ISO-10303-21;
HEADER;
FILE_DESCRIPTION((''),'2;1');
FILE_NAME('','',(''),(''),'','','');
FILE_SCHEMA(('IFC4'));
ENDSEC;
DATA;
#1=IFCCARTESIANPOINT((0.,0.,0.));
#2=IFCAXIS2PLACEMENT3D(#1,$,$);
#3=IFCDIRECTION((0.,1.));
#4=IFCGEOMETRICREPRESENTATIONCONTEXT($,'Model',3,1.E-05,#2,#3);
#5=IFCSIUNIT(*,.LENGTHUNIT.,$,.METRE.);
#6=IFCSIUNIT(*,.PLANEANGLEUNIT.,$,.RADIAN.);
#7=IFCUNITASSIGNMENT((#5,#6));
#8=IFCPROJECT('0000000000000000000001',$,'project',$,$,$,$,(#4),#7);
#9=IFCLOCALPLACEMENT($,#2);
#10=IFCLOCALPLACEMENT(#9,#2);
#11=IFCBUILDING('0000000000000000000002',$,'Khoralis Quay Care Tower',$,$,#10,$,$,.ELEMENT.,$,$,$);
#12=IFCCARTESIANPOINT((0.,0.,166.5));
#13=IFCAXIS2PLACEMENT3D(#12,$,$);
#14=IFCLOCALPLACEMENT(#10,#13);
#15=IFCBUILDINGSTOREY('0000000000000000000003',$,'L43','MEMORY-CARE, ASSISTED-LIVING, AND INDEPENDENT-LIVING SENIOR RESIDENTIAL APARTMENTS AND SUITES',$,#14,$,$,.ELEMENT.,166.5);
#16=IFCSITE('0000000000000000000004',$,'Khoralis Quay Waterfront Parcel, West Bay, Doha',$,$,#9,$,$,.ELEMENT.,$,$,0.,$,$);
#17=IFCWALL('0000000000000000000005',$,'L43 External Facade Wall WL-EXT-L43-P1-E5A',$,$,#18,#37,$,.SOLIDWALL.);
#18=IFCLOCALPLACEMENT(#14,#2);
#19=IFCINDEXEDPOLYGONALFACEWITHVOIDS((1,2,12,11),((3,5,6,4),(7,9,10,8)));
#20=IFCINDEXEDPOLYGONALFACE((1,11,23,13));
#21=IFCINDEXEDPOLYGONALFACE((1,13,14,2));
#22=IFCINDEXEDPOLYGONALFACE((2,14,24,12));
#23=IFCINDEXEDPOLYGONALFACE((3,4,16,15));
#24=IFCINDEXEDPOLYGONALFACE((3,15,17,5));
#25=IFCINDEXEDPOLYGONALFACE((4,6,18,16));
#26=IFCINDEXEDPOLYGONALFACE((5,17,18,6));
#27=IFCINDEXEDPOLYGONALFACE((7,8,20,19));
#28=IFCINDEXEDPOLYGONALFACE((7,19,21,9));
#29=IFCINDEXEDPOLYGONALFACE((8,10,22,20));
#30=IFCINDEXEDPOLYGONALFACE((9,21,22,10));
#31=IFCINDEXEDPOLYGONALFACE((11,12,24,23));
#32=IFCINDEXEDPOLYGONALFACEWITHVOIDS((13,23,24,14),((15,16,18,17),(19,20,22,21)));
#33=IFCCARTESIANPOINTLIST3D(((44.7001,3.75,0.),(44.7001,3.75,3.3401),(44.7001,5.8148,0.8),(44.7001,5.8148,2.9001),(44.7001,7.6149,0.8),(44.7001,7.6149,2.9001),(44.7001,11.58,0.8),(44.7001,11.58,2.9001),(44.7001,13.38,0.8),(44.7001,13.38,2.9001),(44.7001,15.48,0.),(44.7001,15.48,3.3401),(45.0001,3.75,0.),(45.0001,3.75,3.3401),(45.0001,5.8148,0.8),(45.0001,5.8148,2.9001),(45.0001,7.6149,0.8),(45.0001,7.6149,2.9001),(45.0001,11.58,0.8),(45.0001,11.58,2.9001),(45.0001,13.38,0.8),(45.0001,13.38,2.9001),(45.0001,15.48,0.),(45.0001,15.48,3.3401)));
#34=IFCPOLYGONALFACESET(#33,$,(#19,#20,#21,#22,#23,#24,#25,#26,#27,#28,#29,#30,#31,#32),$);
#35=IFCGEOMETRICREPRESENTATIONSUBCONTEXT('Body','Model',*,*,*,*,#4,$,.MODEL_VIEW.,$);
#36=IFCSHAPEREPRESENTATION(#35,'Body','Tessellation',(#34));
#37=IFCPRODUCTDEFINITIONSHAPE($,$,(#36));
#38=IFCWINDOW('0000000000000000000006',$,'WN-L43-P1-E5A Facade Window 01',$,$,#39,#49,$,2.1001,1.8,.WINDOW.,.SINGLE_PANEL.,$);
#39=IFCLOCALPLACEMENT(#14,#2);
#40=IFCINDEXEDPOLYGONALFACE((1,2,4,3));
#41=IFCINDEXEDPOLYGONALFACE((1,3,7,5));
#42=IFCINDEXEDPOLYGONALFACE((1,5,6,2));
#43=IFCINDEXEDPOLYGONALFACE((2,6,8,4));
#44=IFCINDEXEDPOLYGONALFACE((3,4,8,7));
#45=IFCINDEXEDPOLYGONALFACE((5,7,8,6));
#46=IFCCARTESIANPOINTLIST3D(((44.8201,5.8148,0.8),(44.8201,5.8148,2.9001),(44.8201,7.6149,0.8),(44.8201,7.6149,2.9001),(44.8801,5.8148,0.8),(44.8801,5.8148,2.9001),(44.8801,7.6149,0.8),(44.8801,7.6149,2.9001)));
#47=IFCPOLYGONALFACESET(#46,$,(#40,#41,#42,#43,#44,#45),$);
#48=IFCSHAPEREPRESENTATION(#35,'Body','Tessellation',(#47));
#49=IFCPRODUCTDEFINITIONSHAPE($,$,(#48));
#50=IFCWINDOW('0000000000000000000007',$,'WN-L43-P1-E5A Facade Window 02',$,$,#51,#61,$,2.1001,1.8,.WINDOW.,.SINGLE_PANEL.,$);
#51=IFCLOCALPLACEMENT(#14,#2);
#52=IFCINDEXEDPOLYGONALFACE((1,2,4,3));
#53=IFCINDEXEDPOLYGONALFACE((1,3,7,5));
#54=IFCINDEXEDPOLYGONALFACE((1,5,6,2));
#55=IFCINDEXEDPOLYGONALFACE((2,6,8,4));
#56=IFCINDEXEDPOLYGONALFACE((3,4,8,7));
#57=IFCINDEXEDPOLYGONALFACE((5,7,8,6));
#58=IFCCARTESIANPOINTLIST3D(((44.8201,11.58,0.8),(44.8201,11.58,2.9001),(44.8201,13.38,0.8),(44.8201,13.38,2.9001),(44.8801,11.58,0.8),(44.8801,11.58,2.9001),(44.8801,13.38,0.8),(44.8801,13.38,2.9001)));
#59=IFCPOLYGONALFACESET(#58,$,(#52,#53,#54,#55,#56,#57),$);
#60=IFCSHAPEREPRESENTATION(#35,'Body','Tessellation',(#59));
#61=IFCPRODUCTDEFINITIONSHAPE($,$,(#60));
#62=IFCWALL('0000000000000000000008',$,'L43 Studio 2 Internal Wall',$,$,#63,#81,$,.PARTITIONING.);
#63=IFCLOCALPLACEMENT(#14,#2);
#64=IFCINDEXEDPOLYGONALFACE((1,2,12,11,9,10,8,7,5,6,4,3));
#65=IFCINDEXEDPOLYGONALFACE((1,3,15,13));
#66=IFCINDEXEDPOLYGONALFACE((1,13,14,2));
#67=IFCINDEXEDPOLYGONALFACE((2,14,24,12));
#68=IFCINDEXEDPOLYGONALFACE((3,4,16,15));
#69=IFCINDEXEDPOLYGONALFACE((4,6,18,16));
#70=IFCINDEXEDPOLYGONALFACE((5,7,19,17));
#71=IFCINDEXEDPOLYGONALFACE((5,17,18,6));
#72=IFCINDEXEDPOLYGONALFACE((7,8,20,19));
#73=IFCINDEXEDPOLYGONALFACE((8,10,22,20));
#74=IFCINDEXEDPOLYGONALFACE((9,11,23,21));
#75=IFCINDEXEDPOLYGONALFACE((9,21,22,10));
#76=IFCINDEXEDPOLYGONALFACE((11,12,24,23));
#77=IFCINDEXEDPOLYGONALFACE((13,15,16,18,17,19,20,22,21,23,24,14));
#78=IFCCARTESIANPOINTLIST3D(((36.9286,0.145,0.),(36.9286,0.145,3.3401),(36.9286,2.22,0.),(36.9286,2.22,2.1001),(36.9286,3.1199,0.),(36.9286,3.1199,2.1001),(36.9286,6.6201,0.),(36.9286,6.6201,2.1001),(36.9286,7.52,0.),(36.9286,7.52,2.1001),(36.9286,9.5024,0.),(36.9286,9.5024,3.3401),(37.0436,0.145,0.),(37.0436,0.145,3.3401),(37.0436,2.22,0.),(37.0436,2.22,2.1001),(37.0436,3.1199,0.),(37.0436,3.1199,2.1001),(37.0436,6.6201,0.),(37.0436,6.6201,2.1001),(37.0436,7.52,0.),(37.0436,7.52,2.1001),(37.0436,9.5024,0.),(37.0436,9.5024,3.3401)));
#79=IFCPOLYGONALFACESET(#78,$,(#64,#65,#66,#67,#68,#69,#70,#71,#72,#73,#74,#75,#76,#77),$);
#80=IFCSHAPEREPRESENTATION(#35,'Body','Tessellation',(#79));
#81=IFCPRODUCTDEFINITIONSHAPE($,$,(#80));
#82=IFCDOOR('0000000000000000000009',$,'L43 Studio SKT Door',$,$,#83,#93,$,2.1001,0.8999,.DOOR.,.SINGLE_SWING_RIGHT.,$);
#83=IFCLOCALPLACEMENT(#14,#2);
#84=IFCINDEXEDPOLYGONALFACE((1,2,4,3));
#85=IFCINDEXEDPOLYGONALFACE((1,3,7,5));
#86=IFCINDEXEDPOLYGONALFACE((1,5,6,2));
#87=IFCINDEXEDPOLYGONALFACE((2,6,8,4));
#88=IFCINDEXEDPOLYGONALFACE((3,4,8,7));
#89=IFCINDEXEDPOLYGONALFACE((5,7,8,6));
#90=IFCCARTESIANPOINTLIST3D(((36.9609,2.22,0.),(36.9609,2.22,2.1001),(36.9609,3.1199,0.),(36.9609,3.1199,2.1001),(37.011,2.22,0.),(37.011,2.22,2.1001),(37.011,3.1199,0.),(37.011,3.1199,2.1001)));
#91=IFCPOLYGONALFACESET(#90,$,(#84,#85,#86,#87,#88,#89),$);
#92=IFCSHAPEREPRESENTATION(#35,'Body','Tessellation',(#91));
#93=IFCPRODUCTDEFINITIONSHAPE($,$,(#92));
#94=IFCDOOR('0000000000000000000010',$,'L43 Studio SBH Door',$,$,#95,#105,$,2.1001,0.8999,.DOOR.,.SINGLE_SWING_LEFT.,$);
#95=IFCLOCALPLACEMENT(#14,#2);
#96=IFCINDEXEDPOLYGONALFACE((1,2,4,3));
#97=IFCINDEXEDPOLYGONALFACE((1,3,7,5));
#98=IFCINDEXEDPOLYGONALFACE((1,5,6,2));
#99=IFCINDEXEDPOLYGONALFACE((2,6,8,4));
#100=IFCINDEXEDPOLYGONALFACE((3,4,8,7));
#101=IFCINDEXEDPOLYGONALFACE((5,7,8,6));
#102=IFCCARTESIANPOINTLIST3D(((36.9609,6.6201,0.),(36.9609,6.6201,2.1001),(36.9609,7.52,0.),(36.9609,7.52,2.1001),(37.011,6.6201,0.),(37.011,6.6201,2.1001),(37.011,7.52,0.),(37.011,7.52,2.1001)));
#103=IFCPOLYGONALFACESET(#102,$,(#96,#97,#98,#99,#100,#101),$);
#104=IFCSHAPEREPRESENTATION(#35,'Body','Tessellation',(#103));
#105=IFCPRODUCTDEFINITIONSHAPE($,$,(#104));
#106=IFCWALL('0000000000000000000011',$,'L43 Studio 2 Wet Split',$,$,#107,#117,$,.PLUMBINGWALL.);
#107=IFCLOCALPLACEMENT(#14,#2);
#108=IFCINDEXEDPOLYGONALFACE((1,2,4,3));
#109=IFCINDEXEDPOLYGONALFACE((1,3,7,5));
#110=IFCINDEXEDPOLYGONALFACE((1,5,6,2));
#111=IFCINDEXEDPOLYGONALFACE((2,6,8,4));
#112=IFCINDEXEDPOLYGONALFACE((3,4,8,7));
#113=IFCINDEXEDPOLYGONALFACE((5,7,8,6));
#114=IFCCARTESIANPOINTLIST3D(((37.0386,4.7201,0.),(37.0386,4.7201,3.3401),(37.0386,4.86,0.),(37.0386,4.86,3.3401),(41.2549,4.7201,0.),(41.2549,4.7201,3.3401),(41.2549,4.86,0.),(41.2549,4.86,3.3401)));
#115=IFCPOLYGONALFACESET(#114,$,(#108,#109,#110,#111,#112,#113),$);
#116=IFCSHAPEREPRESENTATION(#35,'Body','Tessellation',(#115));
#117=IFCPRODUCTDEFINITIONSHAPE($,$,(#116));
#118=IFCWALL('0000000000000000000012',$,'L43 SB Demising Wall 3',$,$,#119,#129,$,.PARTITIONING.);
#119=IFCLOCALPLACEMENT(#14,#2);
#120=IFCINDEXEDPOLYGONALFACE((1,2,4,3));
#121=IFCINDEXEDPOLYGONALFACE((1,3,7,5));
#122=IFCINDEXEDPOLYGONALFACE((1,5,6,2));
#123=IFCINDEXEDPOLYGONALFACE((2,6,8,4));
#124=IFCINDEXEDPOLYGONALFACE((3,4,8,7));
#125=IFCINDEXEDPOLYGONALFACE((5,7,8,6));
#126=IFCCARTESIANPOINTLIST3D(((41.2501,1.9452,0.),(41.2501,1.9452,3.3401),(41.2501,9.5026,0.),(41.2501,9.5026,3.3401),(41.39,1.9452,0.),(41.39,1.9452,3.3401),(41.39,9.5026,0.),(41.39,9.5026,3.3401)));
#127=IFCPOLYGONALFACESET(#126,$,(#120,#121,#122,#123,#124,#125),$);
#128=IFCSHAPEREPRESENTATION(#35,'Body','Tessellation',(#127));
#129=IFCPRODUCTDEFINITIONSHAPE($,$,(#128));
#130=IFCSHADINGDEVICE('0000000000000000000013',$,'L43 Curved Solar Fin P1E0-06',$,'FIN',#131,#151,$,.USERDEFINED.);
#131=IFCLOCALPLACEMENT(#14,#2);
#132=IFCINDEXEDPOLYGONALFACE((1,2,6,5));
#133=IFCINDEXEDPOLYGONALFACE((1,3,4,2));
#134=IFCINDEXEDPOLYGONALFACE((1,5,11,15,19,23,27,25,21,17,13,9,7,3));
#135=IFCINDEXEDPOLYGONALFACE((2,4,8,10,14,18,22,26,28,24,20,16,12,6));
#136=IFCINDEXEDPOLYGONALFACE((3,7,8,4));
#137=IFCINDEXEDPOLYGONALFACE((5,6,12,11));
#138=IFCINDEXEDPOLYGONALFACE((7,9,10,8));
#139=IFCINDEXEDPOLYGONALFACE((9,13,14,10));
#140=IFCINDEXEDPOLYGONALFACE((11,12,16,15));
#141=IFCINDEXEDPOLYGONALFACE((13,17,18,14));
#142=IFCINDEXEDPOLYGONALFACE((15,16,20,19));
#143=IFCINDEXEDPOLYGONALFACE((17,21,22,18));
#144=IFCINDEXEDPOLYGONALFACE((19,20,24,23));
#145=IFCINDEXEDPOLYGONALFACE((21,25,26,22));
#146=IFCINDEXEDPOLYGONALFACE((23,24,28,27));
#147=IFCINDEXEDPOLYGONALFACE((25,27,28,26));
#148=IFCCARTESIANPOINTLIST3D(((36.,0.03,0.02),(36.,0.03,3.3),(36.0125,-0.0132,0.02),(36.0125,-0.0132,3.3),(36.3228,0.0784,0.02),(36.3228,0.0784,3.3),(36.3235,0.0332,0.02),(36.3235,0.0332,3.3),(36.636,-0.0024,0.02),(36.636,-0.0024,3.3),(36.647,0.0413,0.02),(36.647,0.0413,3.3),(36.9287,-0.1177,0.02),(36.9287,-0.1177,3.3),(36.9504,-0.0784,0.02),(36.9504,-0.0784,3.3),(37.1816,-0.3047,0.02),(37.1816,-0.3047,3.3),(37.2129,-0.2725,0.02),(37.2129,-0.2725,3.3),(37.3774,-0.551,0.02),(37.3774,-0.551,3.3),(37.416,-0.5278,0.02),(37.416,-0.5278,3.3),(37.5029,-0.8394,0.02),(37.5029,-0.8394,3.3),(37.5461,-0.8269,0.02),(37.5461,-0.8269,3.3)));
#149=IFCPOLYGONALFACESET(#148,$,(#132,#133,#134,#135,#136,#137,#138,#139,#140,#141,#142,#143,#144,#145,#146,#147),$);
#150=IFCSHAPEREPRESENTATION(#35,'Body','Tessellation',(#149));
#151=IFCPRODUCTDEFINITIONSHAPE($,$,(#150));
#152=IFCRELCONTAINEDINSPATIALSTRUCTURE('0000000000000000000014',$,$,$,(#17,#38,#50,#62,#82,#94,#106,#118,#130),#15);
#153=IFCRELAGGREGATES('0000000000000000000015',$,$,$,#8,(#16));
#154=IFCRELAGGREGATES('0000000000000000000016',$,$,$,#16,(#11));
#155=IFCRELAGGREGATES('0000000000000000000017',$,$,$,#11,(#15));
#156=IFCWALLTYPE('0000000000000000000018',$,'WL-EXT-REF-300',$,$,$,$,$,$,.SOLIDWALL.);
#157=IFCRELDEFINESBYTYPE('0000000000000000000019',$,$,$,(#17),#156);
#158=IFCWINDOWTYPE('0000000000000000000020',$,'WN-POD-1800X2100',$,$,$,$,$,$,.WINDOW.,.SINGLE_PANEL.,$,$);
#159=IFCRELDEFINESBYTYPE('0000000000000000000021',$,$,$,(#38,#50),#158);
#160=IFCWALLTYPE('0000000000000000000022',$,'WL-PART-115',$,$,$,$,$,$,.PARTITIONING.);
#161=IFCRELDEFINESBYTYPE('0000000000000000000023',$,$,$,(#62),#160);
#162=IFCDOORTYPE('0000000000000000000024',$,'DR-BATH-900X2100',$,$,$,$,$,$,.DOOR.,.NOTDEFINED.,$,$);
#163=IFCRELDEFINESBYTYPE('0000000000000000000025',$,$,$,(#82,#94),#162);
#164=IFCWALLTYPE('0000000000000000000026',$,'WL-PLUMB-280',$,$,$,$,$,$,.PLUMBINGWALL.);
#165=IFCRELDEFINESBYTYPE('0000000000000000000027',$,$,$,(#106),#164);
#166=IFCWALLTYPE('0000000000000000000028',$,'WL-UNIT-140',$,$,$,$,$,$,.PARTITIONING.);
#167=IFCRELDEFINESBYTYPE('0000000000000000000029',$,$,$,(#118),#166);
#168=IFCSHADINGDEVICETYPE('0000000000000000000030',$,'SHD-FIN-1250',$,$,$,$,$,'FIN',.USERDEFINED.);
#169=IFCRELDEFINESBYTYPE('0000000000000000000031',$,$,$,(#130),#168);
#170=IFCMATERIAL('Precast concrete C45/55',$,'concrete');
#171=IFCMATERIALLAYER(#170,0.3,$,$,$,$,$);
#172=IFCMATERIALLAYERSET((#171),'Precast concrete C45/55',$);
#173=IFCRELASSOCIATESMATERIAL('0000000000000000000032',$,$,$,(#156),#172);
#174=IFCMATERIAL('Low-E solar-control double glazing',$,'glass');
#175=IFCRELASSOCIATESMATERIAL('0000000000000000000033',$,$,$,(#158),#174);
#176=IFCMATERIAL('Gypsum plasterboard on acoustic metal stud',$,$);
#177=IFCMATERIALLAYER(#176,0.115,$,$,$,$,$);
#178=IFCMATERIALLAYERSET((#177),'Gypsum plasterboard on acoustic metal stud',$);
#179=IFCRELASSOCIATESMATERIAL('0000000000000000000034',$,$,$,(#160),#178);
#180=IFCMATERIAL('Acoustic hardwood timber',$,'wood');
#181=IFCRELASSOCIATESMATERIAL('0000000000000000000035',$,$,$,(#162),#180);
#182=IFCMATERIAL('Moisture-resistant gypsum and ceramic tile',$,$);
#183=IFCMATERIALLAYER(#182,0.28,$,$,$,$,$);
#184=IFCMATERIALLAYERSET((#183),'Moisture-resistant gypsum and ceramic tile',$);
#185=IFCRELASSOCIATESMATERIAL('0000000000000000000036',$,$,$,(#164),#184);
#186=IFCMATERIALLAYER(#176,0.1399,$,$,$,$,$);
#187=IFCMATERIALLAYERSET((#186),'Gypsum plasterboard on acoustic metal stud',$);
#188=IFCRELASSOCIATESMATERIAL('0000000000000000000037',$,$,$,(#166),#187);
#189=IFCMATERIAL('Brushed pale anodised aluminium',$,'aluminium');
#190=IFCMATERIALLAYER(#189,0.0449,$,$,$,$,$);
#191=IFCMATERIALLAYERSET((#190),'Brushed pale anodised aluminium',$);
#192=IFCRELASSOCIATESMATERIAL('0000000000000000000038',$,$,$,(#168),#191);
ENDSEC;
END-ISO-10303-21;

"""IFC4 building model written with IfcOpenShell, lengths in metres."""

from ifc_helpers import new_model, si_unit, direction, frame, frame_2d, origin, place, context, subcontext, project, spatial, polyline, rectangle, outline, extrude, source, transform, mapped, material, layer, layer_set, type_object, element, fill, save


model = new_model("IFC4")

# Units and contexts
model_context = context("Model", 3, precision=1e-05, world=origin(), true_north=direction((0.0, 1.0)))
body_context = subcontext(model_context, "Body", "Model", "MODEL_VIEW")
ifc_project = project(units=[si_unit("LENGTHUNIT", "METRE"), si_unit("PLANEANGLEUNIT", "RADIAN")], contexts=[model_context])

# Site, building, storey
site_placement = place(None, origin())
site = spatial("IfcSite", under=ifc_project, at=site_placement, Name="Khoralis Quay Waterfront Parcel, West Bay, Doha", CompositionType="ELEMENT", RefElevation=0.0)
building_placement = place(site_placement, origin())
building = spatial("IfcBuilding", under=site, at=building_placement, Name="Khoralis Quay Care Tower", CompositionType="ELEMENT")
storey_placement = place(building_placement, frame((0.0, 0.0, 166.5)))
storey = spatial("IfcBuildingStorey", under=building, at=storey_placement, Name="L43", Description="MEMORY-CARE, ASSISTED-LIVING, AND INDEPENDENT-LIVING SENIOR RESIDENTIAL APARTMENTS AND SUITES", CompositionType="ELEMENT", Elevation=166.5)

# Shared definitions
ifc_material_1 = material(Name="Gypsum plasterboard on acoustic metal stud")

# Shared definitions
ifc_material_2 = material(Name="Acoustic hardwood timber", Category="wood")

# Shared definitions
ifc_material_3 = material(Name="Precast concrete C45/55", Category="concrete")
ifc_layer_1 = layer(ifc_material_3, 0.3)
ifc_layer_set_1 = layer_set([ifc_layer_1], Name="Precast concrete C45/55")
wall_type_1 = type_object("IfcWallType", Name="WL-EXT-REF-300", PredefinedType="SOLIDWALL", material=ifc_layer_set_1)

# Wall, openings, windows
wall_1_placement = place(storey_placement, frame((44.8501, 3.75, 0.0), z_axis=(0.0, 0.0, 1.0), x_axis=(0.0, 1.0, 0.0)))
wall_1 = element("IfcWall", 1, at=wall_1_placement, inside=storey, type_object=wall_type_1, Name="L43 External Facade Wall WL-EXT-L43-P1-E5A", PredefinedType="SOLIDWALL", context=body_context, shape_type="SweptSolid", body=[
    extrude(rectangle(XDim=11.73, YDim=0.3, at=frame_2d((5.865, 0.0))), origin(), (0.0, 0.0, 1.0), 3.3401),
])
opening_1_placement = place(wall_1_placement, frame((2.0649, 0.0, 0.8)))
opening_1 = element("IfcOpeningElement", 2, at=opening_1_placement, cuts=wall_1, PredefinedType="OPENING", context=body_context, shape_type="SweptSolid", body=[
    extrude(rectangle(XDim=1.8, YDim=2.1001, at=frame_2d((0.8999, 1.05))), frame((0.0, 0.1602, 0.0), z_axis=(0.0, -1.0, 0.0), x_axis=(1.0, 0.0, 0.0)), (0.0, 0.0, 1.0), 0.3201),
])
opening_2_placement = place(wall_1_placement, frame((7.8301, 0.0, 0.8)))
opening_2 = element("IfcOpeningElement", 3, at=opening_2_placement, cuts=wall_1, PredefinedType="OPENING", context=body_context, shape_type="SweptSolid", body=[
    extrude(rectangle(XDim=1.8, YDim=2.1001, at=frame_2d((0.8999, 1.05))), frame((0.0, 0.1602, 0.0), z_axis=(0.0, -1.0, 0.0), x_axis=(1.0, 0.0, 0.0)), (0.0, 0.0, 1.0), 0.3201),
])
ifc_material_4 = material(Name="Low-E solar-control double glazing", Category="glass")
window_type = type_object("IfcWindowType", Name="WN-POD-1800X2100", PartitioningType="SINGLE_PANEL", PredefinedType="WINDOW", material=ifc_material_4)
shared_shape_1 = source(origin(), body_context, "Body", "SweptSolid", [
    extrude(rectangle(XDim=1.8, YDim=2.1001, at=frame_2d((0.8999, 1.05))), frame((0.0, 0.03, 0.0), z_axis=(0.0, -1.0, 0.0), x_axis=(1.0, 0.0, 0.0)), (0.0, 0.0, 1.0), 0.0601),
])
window_1_placement = place(opening_1_placement, origin())
window_1 = element("IfcWindow", 4, at=window_1_placement, inside=storey, type_object=window_type, Name="WN-L43-P1-E5A Facade Window 01", OverallHeight=2.1001, OverallWidth=1.8, PartitioningType="SINGLE_PANEL", PredefinedType="WINDOW", context=body_context, shape_type="MappedRepresentation", body=[
    mapped(shared_shape_1, transform((0.0, 0.0, 0.0), scale=1.0)),
])
fill(opening_1, window_1)
window_2_placement = place(opening_2_placement, origin())
window_2 = element("IfcWindow", 5, at=window_2_placement, inside=storey, type_object=window_type, Name="WN-L43-P1-E5A Facade Window 02", OverallHeight=2.1001, OverallWidth=1.8, PartitioningType="SINGLE_PANEL", PredefinedType="WINDOW", context=body_context, shape_type="MappedRepresentation", body=[
    mapped(shared_shape_1, transform((0.0, 0.0, 0.0), scale=1.0)),
])
fill(opening_2, window_2)

# Wall, openings, doors
ifc_layer_2 = layer(ifc_material_1, 0.115)
ifc_layer_set_2 = layer_set([ifc_layer_2], Name="Gypsum plasterboard on acoustic metal stud")
wall_type_2 = type_object("IfcWallType", Name="WL-PART-115", PredefinedType="PARTITIONING", material=ifc_layer_set_2)
wall_2_placement = place(storey_placement, frame((36.9861, 0.145, 0.0), z_axis=(0.0, 0.0, 1.0), x_axis=(0.0, 1.0, 0.0)))
wall_2 = element("IfcWall", 6, at=wall_2_placement, inside=storey, type_object=wall_type_2, Name="L43 Studio 2 Internal Wall", PredefinedType="PARTITIONING", context=body_context, shape_type="SweptSolid", body=[
    extrude(rectangle(XDim=9.3574, YDim=0.115, at=frame_2d((4.6787, 0.0))), origin(), (0.0, 0.0, 1.0), 3.3401),
])
opening_3_placement = place(wall_2_placement, frame((2.075, 0.0, 0.0)))
opening_3 = element("IfcOpeningElement", 7, at=opening_3_placement, cuts=wall_2, PredefinedType="OPENING", context=body_context, shape_type="SweptSolid", body=[
    extrude(rectangle(XDim=0.8999, YDim=2.1001, at=frame_2d((0.45, 1.05))), frame((0.0, 0.0674, 0.0), z_axis=(0.0, -1.0, 0.0), x_axis=(1.0, 0.0, 0.0)), (0.0, 0.0, 1.0), 0.135),
])
opening_4_placement = place(wall_2_placement, frame((6.4751, 0.0, 0.0)))
opening_4 = element("IfcOpeningElement", 8, at=opening_4_placement, cuts=wall_2, PredefinedType="OPENING", context=body_context, shape_type="SweptSolid", body=[
    extrude(rectangle(XDim=0.8999, YDim=2.1001, at=frame_2d((0.45, 1.05))), frame((0.0, 0.0674, 0.0), z_axis=(0.0, -1.0, 0.0), x_axis=(1.0, 0.0, 0.0)), (0.0, 0.0, 1.0), 0.135),
])
door_type_1 = type_object("IfcDoorType", Name="DR-BATH-900X2100", OperationType="NOTDEFINED", PredefinedType="DOOR", material=ifc_material_2)
shared_shape_2 = source(origin(), body_context, "Body", "SweptSolid", [
    extrude(rectangle(XDim=0.8999, YDim=2.1001, at=frame_2d((0.45, 1.05))), frame((0.0, 0.0249, 0.0), z_axis=(0.0, -1.0, 0.0), x_axis=(1.0, 0.0, 0.0)), (0.0, 0.0, 1.0), 0.05),
])
door_1_placement = place(opening_3_placement, frame((0.8999, 0.0, 0.0), z_axis=(0.0, 0.0, 1.0), x_axis=(-1.0, 0.0, 0.0)))
door_1 = element("IfcDoor", 9, at=door_1_placement, inside=storey, type_object=door_type_1, Name="L43 Studio SKT Door", OperationType="SINGLE_SWING_RIGHT", OverallHeight=2.1001, OverallWidth=0.8999, PredefinedType="DOOR", context=body_context, shape_type="MappedRepresentation", body=[
    mapped(shared_shape_2, transform((0.0, 0.0, 0.0), scale=1.0)),
])
fill(opening_3, door_1)
door_2_placement = place(opening_4_placement, frame((0.8999, 0.0, 0.0), z_axis=(0.0, 0.0, 1.0), x_axis=(-1.0, 0.0, 0.0)))
door_2 = element("IfcDoor", 10, at=door_2_placement, inside=storey, type_object=door_type_1, Name="L43 Studio SBH Door", OperationType="SINGLE_SWING_LEFT", OverallHeight=2.1001, OverallWidth=0.8999, PredefinedType="DOOR", context=body_context, shape_type="MappedRepresentation", body=[
    mapped(shared_shape_2, transform((0.0, 0.0, 0.0), scale=1.0)),
])
fill(opening_4, door_2)

# Walls
ifc_material_5 = material(Name="Moisture-resistant gypsum and ceramic tile")
ifc_layer_3 = layer(ifc_material_5, 0.28)
ifc_layer_set_3 = layer_set([ifc_layer_3], Name="Moisture-resistant gypsum and ceramic tile")
wall_type_3 = type_object("IfcWallType", Name="WL-PLUMB-280", PredefinedType="PLUMBINGWALL", material=ifc_layer_set_3)
wall_3_placement = place(storey_placement, frame((37.0386, 4.79, 0.0), z_axis=(0.0, 0.0, 1.0), x_axis=(1.0, 0.0, 0.0)))
element("IfcWall", 11, at=wall_3_placement, inside=storey, type_object=wall_type_3, Name="L43 Studio 2 Wet Split", PredefinedType="PLUMBINGWALL", context=body_context, shape_type="SweptSolid", body=[
    extrude(rectangle(XDim=4.2163, YDim=0.1399, at=frame_2d((2.1082, 0.0))), origin(), (0.0, 0.0, 1.0), 3.3401),
])
ifc_layer_4 = layer(ifc_material_1, 0.1399)
ifc_layer_set_4 = layer_set([ifc_layer_4], Name="Gypsum plasterboard on acoustic metal stud")
wall_type_4 = type_object("IfcWallType", Name="WL-UNIT-140", PredefinedType="PARTITIONING", material=ifc_layer_set_4)
wall_4_placement = place(storey_placement, frame((41.3201, 1.9451, 0.0), z_axis=(0.0, 0.0, 1.0), x_axis=(0.0, 1.0, 0.0)))
element("IfcWall", 12, at=wall_4_placement, inside=storey, type_object=wall_type_4, Name="L43 SB Demising Wall 3", PredefinedType="PARTITIONING", context=body_context, shape_type="SweptSolid", body=[
    extrude(rectangle(XDim=7.5574, YDim=0.1399, at=frame_2d((3.7788, 0.0))), origin(), (0.0, 0.0, 1.0), 3.3401),
])

# Shading device
ifc_material_6 = material(Name="Brushed pale anodised aluminium", Category="aluminium")
ifc_layer_5 = layer(ifc_material_6, 0.0449)
ifc_layer_set_5 = layer_set([ifc_layer_5], Name="Brushed pale anodised aluminium")
shading_device_type = type_object("IfcShadingDeviceType", Name="SHD-FIN-1250", ElementType="FIN", PredefinedType="USERDEFINED", material=ifc_layer_set_5)
shared_shape_3 = source(origin(), body_context, "Body", "SweptSolid", [
    extrude(outline(polyline([(0.0, 0.0), (-0.0483, 0.3228), (-0.0112, 0.647), (0.1084, 0.9504), (0.3025, 1.2129), (0.5579, 1.416), (0.8569, 1.5461), (0.8694, 1.5029), (0.5811, 1.3774), (0.3347, 1.1816), (0.1477, 0.9287), (0.0325, 0.636), (-0.0032, 0.3235), (0.0432, 0.0125), (0.0, 0.0)])), origin(), (0.0, 0.0, 1.0), 3.28),
])
shading_device_1_placement = place(storey_placement, frame((36.0, 0.03, 0.02), z_axis=(0.0, 0.0, 1.0), x_axis=(0.0, -1.0, 0.0)))
element("IfcShadingDevice", 13, at=shading_device_1_placement, inside=storey, type_object=shading_device_type, Name="L43 Curved Solar Fin P1E0-06", ObjectType="FIN", PredefinedType="USERDEFINED", context=body_context, shape_type="MappedRepresentation", body=[
    mapped(shared_shape_3, transform((0.0, 0.0, 0.0), scale=1.0)),
])

save(model, "model.ifc")
